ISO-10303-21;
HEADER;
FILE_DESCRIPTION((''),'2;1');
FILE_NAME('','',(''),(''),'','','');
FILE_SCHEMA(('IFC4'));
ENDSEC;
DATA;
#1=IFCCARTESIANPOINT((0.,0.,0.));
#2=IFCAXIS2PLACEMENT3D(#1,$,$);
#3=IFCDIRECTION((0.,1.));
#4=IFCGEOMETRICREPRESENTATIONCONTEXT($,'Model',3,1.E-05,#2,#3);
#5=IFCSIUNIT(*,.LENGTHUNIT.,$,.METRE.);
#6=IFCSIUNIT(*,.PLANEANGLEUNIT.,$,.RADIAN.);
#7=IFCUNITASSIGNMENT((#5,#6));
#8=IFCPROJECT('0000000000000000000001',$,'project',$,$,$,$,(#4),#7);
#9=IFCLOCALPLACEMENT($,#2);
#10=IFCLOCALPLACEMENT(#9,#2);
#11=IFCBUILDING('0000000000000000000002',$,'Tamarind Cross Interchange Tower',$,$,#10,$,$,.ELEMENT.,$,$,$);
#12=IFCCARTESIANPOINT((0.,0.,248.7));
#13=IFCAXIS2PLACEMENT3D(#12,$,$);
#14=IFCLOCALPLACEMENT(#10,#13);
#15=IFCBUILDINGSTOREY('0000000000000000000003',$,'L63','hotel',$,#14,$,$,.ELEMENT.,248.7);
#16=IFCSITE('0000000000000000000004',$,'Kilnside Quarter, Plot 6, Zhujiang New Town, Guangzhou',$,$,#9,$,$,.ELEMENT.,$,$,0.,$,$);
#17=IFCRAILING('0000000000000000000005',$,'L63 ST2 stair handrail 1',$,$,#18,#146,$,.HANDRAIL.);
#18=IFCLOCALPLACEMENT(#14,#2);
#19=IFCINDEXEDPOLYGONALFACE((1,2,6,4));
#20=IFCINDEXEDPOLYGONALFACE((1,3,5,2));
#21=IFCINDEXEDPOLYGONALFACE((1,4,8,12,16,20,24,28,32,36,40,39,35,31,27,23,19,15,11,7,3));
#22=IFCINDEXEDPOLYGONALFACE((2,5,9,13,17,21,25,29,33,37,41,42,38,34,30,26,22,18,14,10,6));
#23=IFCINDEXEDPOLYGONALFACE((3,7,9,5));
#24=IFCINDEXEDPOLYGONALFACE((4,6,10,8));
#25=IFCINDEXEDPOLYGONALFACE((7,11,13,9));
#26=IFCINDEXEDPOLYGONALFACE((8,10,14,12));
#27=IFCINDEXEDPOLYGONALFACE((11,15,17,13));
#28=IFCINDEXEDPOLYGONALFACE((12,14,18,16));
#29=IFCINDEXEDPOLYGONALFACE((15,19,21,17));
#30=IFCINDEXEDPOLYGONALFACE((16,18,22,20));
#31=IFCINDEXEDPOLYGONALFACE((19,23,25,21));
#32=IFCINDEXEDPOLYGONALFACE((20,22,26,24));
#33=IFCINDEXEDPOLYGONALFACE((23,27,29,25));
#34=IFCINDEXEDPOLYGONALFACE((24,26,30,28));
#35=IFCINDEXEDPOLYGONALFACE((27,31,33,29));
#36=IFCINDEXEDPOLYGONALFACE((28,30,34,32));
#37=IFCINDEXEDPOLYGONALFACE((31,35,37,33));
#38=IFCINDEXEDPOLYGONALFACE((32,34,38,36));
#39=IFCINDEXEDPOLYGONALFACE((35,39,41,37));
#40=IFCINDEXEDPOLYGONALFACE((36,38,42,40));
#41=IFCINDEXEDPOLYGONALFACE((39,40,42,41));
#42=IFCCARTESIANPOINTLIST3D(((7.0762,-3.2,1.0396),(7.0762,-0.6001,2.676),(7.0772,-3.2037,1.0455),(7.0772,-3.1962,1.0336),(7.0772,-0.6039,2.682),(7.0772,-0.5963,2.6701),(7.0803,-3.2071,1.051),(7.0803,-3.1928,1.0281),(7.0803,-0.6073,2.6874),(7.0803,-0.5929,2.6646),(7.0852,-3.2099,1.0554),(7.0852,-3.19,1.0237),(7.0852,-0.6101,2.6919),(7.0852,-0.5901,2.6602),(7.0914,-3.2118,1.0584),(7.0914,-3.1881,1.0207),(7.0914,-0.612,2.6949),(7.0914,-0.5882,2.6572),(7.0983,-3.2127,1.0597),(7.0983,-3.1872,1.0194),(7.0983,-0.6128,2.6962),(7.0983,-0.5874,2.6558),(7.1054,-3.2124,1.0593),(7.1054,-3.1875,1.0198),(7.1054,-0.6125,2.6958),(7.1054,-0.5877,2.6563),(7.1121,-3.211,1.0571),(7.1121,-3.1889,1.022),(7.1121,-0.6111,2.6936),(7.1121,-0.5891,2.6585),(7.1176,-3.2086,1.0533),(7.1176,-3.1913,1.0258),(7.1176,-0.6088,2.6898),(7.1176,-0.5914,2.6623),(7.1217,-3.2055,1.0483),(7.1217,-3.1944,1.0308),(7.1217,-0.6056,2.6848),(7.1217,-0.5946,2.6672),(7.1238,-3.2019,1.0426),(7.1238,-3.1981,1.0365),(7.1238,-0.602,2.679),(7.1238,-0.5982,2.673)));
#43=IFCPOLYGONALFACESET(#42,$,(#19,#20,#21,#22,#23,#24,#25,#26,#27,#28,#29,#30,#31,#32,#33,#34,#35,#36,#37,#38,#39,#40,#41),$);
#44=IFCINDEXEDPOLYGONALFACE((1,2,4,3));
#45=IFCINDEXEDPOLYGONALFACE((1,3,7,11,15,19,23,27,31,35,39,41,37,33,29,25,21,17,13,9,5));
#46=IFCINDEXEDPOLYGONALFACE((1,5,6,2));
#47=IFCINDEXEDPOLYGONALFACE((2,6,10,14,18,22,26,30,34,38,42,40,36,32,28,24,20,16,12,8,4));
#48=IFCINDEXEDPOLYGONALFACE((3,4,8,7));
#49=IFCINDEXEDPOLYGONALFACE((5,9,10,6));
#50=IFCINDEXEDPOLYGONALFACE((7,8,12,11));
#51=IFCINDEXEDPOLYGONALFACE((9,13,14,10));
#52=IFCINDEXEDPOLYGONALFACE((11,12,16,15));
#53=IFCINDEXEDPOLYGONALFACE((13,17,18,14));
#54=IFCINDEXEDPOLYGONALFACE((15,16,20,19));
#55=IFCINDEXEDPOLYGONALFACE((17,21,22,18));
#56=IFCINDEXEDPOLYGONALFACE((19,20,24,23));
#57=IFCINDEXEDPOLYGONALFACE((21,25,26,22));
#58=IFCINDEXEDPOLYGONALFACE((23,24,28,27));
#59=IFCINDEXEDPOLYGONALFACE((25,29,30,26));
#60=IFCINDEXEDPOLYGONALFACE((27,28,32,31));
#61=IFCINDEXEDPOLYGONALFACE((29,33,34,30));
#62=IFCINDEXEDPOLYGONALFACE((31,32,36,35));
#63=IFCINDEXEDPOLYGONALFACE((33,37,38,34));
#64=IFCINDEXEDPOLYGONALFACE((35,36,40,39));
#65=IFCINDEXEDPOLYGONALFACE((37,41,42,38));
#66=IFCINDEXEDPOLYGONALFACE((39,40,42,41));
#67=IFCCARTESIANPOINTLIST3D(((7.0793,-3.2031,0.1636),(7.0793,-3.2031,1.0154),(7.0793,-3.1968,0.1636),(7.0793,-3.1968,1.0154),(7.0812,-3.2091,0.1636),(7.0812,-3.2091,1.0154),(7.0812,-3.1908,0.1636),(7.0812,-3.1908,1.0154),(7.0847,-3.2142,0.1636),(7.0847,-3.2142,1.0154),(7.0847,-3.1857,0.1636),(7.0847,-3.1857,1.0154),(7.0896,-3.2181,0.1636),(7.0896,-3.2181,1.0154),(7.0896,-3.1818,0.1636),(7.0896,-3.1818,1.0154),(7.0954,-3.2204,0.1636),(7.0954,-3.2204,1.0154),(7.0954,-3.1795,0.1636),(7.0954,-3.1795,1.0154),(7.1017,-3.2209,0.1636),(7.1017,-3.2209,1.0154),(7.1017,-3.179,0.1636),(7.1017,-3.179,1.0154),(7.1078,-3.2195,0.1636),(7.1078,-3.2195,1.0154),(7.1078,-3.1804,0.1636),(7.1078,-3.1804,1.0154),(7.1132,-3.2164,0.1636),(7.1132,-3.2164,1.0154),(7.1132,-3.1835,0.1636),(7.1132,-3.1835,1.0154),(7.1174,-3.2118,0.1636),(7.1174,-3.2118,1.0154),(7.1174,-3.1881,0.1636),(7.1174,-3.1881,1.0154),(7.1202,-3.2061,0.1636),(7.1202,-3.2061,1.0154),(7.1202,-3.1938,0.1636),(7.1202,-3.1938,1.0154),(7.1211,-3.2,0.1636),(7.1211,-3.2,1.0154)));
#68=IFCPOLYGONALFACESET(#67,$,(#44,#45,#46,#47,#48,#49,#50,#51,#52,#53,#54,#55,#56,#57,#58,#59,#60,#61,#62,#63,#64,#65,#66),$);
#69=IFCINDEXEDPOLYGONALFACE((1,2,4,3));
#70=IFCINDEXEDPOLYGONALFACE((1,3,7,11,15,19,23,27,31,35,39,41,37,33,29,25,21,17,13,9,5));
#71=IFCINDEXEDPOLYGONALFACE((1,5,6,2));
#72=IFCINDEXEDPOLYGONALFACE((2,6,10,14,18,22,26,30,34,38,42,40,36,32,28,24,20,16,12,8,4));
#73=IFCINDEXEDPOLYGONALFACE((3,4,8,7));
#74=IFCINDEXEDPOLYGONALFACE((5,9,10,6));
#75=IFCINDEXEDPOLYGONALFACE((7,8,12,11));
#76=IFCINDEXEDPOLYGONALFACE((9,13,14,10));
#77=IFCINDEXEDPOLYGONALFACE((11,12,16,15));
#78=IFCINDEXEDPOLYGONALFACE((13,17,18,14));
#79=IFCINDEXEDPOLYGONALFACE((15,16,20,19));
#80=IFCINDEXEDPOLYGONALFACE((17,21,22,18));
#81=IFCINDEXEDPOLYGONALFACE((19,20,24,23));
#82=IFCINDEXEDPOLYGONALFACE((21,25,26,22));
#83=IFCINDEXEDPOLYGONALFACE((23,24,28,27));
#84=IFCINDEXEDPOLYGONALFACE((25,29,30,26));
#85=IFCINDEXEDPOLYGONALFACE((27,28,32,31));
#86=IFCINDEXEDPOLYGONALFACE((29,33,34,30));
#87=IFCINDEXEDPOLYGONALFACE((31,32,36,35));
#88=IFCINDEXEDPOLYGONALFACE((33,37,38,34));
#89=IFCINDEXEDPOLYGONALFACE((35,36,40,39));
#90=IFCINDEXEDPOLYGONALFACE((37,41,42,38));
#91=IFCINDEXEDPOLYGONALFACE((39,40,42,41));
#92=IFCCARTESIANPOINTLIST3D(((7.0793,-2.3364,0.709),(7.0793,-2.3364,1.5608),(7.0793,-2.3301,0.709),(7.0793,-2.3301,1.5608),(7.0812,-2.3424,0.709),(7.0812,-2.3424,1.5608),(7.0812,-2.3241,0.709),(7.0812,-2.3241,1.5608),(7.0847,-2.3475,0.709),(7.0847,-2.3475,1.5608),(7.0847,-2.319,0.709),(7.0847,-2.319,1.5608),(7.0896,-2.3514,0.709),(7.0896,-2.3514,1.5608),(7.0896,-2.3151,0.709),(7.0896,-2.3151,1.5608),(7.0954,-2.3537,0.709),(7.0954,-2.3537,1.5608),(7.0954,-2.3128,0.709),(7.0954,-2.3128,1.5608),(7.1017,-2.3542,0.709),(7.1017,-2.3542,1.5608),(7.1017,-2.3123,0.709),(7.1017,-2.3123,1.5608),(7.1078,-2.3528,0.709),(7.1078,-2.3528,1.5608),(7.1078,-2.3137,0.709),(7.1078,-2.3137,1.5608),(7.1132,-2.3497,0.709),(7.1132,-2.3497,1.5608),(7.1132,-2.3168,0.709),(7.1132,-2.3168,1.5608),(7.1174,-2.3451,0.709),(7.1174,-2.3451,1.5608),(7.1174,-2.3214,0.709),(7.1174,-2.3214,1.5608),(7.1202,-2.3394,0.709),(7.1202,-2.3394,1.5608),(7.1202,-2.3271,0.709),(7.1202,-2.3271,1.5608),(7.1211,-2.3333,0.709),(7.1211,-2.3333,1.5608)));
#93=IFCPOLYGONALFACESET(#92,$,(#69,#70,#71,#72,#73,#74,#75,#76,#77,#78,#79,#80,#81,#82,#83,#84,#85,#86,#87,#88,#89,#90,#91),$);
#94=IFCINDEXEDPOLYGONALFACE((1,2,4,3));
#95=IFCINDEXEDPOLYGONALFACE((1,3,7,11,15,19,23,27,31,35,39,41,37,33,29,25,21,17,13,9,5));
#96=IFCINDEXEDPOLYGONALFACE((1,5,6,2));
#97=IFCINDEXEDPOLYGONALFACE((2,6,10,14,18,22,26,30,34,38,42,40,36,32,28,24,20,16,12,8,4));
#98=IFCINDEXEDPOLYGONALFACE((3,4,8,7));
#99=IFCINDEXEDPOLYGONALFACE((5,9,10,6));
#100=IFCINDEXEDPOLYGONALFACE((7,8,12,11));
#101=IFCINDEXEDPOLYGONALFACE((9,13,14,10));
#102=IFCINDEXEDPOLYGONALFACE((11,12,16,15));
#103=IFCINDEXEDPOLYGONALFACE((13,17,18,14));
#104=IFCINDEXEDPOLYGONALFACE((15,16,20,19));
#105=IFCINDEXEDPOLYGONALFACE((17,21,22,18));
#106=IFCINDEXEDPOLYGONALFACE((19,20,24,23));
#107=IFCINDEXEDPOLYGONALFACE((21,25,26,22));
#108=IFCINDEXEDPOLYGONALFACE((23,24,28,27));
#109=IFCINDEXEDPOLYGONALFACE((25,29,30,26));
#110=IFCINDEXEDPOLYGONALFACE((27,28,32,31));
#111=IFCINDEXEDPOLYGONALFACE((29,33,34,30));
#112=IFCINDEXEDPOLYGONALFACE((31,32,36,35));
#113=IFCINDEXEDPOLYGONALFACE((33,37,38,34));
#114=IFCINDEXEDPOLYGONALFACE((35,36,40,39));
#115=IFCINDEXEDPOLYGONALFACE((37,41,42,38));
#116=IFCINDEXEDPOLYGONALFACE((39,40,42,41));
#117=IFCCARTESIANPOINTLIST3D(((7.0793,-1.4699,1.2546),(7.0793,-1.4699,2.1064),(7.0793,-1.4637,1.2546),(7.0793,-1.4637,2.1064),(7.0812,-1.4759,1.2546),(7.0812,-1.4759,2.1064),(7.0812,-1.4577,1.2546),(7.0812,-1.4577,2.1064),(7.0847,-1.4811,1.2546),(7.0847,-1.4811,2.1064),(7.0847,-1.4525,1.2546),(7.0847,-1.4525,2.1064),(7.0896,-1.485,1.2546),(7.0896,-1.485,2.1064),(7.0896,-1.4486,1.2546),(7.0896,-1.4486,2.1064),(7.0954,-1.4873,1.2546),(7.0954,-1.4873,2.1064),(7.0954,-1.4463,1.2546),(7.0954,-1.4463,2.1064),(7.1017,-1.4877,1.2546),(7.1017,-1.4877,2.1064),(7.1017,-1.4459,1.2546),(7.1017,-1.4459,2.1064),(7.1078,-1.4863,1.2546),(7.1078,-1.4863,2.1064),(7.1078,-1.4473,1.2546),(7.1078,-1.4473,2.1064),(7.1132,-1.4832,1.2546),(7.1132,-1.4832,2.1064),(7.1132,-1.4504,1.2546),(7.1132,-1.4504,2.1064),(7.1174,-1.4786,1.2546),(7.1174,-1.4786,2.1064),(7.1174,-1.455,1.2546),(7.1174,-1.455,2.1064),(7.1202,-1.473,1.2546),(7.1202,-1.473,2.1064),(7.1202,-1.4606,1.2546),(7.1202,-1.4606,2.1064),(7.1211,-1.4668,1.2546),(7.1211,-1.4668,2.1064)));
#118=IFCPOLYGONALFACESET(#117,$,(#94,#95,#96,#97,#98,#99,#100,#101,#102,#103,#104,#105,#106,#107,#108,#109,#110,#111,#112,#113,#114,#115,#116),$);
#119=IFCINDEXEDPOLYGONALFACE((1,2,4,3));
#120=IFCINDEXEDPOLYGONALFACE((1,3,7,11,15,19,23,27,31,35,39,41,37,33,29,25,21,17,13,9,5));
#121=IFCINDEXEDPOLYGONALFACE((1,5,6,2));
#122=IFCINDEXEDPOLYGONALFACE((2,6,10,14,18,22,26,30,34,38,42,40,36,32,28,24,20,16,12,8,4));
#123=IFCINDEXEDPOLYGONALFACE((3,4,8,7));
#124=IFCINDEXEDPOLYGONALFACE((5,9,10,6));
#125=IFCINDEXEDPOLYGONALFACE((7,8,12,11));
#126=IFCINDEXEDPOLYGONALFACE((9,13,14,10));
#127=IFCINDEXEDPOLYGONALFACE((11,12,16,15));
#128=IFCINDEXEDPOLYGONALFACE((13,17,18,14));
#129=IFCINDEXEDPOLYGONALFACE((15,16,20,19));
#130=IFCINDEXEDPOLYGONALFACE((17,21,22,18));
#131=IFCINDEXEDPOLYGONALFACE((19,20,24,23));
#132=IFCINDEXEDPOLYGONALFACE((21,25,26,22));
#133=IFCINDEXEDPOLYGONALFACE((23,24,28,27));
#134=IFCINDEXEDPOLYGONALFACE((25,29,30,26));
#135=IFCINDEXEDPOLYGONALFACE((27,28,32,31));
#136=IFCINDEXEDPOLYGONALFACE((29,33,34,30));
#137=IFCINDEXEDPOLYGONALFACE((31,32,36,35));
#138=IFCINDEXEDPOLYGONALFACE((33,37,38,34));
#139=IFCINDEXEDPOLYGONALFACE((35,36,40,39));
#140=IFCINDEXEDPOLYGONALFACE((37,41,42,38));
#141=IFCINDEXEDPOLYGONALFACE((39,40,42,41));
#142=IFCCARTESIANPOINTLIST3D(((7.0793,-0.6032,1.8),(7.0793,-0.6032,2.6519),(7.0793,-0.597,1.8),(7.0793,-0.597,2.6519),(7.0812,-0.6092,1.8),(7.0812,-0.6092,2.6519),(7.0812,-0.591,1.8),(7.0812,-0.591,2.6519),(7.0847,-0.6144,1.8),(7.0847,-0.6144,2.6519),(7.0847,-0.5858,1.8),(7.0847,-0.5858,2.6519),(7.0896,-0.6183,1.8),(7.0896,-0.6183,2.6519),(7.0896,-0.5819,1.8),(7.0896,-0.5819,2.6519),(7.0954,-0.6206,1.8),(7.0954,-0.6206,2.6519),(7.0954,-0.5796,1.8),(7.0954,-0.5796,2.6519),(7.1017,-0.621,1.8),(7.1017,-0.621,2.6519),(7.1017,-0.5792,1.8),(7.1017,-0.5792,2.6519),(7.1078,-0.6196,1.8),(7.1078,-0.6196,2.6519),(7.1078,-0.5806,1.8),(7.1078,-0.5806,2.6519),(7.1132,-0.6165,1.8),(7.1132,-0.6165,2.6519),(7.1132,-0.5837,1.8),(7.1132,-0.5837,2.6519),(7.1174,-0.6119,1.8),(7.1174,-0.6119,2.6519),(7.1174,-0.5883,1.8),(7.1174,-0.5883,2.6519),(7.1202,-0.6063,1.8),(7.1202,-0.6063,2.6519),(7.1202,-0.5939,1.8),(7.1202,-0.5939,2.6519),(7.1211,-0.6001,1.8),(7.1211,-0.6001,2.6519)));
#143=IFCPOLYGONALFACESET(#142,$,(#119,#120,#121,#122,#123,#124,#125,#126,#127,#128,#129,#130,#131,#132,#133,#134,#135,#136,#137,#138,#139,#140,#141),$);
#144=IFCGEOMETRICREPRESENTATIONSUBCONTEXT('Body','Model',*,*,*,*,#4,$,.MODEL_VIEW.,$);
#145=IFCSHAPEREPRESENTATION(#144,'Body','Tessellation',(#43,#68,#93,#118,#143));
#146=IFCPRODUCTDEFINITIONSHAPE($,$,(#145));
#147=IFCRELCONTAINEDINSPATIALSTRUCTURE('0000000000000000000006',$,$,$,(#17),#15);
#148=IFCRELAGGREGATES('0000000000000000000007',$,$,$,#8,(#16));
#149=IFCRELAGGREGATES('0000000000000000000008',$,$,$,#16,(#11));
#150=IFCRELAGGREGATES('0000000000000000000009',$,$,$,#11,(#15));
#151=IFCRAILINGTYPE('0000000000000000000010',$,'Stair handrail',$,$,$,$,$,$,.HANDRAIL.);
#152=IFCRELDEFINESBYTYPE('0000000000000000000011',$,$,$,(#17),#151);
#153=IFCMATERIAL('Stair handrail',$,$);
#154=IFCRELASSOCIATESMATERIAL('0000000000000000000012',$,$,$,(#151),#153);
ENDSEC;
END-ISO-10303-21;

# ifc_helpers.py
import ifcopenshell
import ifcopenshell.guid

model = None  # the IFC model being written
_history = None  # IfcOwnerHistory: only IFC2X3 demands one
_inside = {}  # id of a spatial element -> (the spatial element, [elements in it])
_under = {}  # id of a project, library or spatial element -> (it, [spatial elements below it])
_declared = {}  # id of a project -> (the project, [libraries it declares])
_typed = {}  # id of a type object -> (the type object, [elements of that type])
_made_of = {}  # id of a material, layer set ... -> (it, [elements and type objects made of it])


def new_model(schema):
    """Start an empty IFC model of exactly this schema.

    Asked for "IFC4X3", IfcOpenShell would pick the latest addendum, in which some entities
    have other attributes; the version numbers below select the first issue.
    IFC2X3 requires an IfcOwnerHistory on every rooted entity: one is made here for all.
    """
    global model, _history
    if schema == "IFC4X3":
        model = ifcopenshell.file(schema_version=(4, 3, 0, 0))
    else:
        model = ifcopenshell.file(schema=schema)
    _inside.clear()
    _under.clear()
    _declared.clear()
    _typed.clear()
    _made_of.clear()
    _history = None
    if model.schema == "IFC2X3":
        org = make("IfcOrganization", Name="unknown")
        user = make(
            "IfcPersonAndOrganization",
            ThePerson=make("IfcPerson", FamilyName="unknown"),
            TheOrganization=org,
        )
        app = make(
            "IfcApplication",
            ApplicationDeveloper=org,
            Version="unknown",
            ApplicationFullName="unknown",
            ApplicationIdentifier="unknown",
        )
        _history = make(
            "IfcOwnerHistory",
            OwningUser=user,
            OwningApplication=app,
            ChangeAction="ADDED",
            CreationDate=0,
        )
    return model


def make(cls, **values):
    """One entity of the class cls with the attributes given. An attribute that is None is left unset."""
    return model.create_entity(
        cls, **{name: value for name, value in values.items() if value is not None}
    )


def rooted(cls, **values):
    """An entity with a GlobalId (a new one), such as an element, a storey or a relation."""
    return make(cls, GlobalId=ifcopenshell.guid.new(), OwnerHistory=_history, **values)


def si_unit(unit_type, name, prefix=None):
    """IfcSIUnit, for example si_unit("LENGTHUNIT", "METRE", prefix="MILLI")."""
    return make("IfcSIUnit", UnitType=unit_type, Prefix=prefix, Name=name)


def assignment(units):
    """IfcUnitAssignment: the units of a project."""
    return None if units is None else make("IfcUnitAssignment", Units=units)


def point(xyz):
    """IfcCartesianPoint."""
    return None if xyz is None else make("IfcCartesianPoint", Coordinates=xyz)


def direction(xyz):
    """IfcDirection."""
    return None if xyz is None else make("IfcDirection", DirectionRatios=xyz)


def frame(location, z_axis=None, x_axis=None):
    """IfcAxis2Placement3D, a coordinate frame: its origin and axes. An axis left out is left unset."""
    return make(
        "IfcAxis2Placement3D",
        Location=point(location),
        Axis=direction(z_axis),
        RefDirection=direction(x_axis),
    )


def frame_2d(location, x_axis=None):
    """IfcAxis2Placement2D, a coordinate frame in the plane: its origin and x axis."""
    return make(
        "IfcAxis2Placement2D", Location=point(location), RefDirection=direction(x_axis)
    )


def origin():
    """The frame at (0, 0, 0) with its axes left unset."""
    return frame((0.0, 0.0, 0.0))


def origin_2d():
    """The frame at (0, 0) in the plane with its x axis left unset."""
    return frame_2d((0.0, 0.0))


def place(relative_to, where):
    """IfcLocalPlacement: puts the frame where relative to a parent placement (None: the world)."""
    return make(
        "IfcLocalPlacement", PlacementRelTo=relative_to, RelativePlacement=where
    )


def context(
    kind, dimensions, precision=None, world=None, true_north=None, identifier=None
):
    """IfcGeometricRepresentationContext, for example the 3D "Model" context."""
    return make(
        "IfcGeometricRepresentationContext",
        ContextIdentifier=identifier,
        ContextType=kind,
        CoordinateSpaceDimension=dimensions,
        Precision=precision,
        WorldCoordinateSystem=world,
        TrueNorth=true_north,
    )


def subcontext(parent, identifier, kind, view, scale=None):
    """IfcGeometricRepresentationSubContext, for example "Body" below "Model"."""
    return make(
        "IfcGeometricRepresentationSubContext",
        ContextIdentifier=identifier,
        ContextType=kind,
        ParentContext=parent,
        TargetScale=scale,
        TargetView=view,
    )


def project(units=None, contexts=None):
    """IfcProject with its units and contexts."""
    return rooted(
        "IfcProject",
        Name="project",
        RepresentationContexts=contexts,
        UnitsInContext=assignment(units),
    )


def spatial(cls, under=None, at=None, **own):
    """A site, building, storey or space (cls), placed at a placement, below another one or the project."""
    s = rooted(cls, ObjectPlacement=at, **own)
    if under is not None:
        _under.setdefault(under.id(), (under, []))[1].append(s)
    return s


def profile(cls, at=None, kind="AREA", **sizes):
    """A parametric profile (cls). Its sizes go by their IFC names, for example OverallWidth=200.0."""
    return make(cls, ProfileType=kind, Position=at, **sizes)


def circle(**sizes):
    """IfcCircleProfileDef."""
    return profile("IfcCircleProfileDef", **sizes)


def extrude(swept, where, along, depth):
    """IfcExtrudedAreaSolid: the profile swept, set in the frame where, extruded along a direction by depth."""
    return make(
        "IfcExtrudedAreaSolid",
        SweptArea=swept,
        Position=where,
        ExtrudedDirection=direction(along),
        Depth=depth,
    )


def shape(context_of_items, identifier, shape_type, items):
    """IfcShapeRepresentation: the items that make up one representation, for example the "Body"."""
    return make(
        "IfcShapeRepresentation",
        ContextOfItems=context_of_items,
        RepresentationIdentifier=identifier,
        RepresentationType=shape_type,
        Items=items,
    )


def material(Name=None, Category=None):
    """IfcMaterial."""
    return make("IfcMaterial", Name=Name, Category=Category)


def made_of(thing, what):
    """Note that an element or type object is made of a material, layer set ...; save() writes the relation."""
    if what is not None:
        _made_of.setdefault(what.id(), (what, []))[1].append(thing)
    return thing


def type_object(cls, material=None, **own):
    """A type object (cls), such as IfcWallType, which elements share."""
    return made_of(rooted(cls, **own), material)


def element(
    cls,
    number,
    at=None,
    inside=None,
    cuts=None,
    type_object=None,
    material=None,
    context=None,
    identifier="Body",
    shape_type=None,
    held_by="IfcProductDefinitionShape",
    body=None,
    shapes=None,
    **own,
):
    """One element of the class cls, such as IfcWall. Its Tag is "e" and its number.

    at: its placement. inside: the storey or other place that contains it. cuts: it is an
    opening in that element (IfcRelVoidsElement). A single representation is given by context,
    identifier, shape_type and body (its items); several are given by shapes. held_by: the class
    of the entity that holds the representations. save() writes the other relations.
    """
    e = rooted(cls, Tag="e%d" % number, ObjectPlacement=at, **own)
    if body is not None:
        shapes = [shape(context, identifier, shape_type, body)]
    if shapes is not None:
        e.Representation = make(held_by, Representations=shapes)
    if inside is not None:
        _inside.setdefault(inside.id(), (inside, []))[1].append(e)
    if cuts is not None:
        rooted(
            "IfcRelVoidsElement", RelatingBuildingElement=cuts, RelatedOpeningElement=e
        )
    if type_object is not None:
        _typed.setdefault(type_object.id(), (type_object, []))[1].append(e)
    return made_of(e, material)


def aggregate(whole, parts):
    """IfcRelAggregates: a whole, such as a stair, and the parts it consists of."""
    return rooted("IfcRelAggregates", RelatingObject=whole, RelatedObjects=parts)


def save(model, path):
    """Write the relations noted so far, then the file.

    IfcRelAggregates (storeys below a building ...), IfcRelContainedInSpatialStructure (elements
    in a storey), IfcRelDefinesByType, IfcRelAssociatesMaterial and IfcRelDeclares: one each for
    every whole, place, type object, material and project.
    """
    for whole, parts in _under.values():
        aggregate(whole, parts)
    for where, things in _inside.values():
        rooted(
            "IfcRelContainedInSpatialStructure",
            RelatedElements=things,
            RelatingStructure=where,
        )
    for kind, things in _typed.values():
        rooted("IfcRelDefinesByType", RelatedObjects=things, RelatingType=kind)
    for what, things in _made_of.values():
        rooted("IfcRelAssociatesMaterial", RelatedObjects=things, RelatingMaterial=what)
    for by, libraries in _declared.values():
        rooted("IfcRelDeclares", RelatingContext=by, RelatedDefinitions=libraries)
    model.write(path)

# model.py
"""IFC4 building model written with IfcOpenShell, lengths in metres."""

from ifc_helpers import new_model, si_unit, direction, frame, origin, origin_2d, place, context, subcontext, project, spatial, circle, extrude, material, type_object, element, save


model = new_model("IFC4")

# Units and contexts
model_context = context("Model", 3, precision=1e-05, world=origin(), true_north=direction((0.0, 1.0)))
body_context = subcontext(model_context, "Body", "Model", "MODEL_VIEW")
ifc_project = project(units=[si_unit("LENGTHUNIT", "METRE"), si_unit("PLANEANGLEUNIT", "RADIAN")], contexts=[model_context])

# Site, building, storey
site_placement = place(None, origin())
site = spatial("IfcSite", under=ifc_project, at=site_placement, Name="Kilnside Quarter, Plot 6, Zhujiang New Town, Guangzhou", CompositionType="ELEMENT", RefElevation=0.0)
building_placement = place(site_placement, origin())
building = spatial("IfcBuilding", under=site, at=building_placement, Name="Tamarind Cross Interchange Tower", CompositionType="ELEMENT")
storey_placement = place(building_placement, frame((0.0, 0.0, 248.7)))
storey = spatial("IfcBuildingStorey", under=building, at=storey_placement, Name="L63", Description="hotel", CompositionType="ELEMENT", Elevation=248.7)

# Railing
ifc_material_1 = material(Name="Stair handrail")
railing_type_1 = type_object("IfcRailingType", Name="Stair handrail", PredefinedType="HANDRAIL", material=ifc_material_1)
railing_1_placement = place(storey_placement, frame((7.1001, -3.2, 0.1636)))
element("IfcRailing", 1, at=railing_1_placement, inside=storey, type_object=railing_type_1, Name="L63 ST2 stair handrail 1", PredefinedType="HANDRAIL", context=body_context, shape_type="SweptSolid", body=[
    extrude(circle(Radius=0.0239, at=origin_2d()), frame((0.0, 0.0, 0.876), z_axis=(0.0, 0.846302, 0.532704), x_axis=(-1.0, 0.0, 0.0)), (0.0, 0.0, 1.0), 3.072),
    extrude(circle(Radius=0.021, at=origin_2d()), origin(), (0.0, 0.0, 1.0), 0.8518),
    extrude(circle(Radius=0.021, at=origin_2d()), frame((0.0, 0.8667, 0.5454)), (0.0, 0.0, 1.0), 0.8518),
    extrude(circle(Radius=0.021, at=origin_2d()), frame((0.0, 1.7332, 1.0911)), (0.0, 0.0, 1.0), 0.8518),
    extrude(circle(Radius=0.021, at=origin_2d()), frame((0.0, 2.5999, 1.6365)), (0.0, 0.0, 1.0), 0.8518),
])

save(model, "model.ifc")
